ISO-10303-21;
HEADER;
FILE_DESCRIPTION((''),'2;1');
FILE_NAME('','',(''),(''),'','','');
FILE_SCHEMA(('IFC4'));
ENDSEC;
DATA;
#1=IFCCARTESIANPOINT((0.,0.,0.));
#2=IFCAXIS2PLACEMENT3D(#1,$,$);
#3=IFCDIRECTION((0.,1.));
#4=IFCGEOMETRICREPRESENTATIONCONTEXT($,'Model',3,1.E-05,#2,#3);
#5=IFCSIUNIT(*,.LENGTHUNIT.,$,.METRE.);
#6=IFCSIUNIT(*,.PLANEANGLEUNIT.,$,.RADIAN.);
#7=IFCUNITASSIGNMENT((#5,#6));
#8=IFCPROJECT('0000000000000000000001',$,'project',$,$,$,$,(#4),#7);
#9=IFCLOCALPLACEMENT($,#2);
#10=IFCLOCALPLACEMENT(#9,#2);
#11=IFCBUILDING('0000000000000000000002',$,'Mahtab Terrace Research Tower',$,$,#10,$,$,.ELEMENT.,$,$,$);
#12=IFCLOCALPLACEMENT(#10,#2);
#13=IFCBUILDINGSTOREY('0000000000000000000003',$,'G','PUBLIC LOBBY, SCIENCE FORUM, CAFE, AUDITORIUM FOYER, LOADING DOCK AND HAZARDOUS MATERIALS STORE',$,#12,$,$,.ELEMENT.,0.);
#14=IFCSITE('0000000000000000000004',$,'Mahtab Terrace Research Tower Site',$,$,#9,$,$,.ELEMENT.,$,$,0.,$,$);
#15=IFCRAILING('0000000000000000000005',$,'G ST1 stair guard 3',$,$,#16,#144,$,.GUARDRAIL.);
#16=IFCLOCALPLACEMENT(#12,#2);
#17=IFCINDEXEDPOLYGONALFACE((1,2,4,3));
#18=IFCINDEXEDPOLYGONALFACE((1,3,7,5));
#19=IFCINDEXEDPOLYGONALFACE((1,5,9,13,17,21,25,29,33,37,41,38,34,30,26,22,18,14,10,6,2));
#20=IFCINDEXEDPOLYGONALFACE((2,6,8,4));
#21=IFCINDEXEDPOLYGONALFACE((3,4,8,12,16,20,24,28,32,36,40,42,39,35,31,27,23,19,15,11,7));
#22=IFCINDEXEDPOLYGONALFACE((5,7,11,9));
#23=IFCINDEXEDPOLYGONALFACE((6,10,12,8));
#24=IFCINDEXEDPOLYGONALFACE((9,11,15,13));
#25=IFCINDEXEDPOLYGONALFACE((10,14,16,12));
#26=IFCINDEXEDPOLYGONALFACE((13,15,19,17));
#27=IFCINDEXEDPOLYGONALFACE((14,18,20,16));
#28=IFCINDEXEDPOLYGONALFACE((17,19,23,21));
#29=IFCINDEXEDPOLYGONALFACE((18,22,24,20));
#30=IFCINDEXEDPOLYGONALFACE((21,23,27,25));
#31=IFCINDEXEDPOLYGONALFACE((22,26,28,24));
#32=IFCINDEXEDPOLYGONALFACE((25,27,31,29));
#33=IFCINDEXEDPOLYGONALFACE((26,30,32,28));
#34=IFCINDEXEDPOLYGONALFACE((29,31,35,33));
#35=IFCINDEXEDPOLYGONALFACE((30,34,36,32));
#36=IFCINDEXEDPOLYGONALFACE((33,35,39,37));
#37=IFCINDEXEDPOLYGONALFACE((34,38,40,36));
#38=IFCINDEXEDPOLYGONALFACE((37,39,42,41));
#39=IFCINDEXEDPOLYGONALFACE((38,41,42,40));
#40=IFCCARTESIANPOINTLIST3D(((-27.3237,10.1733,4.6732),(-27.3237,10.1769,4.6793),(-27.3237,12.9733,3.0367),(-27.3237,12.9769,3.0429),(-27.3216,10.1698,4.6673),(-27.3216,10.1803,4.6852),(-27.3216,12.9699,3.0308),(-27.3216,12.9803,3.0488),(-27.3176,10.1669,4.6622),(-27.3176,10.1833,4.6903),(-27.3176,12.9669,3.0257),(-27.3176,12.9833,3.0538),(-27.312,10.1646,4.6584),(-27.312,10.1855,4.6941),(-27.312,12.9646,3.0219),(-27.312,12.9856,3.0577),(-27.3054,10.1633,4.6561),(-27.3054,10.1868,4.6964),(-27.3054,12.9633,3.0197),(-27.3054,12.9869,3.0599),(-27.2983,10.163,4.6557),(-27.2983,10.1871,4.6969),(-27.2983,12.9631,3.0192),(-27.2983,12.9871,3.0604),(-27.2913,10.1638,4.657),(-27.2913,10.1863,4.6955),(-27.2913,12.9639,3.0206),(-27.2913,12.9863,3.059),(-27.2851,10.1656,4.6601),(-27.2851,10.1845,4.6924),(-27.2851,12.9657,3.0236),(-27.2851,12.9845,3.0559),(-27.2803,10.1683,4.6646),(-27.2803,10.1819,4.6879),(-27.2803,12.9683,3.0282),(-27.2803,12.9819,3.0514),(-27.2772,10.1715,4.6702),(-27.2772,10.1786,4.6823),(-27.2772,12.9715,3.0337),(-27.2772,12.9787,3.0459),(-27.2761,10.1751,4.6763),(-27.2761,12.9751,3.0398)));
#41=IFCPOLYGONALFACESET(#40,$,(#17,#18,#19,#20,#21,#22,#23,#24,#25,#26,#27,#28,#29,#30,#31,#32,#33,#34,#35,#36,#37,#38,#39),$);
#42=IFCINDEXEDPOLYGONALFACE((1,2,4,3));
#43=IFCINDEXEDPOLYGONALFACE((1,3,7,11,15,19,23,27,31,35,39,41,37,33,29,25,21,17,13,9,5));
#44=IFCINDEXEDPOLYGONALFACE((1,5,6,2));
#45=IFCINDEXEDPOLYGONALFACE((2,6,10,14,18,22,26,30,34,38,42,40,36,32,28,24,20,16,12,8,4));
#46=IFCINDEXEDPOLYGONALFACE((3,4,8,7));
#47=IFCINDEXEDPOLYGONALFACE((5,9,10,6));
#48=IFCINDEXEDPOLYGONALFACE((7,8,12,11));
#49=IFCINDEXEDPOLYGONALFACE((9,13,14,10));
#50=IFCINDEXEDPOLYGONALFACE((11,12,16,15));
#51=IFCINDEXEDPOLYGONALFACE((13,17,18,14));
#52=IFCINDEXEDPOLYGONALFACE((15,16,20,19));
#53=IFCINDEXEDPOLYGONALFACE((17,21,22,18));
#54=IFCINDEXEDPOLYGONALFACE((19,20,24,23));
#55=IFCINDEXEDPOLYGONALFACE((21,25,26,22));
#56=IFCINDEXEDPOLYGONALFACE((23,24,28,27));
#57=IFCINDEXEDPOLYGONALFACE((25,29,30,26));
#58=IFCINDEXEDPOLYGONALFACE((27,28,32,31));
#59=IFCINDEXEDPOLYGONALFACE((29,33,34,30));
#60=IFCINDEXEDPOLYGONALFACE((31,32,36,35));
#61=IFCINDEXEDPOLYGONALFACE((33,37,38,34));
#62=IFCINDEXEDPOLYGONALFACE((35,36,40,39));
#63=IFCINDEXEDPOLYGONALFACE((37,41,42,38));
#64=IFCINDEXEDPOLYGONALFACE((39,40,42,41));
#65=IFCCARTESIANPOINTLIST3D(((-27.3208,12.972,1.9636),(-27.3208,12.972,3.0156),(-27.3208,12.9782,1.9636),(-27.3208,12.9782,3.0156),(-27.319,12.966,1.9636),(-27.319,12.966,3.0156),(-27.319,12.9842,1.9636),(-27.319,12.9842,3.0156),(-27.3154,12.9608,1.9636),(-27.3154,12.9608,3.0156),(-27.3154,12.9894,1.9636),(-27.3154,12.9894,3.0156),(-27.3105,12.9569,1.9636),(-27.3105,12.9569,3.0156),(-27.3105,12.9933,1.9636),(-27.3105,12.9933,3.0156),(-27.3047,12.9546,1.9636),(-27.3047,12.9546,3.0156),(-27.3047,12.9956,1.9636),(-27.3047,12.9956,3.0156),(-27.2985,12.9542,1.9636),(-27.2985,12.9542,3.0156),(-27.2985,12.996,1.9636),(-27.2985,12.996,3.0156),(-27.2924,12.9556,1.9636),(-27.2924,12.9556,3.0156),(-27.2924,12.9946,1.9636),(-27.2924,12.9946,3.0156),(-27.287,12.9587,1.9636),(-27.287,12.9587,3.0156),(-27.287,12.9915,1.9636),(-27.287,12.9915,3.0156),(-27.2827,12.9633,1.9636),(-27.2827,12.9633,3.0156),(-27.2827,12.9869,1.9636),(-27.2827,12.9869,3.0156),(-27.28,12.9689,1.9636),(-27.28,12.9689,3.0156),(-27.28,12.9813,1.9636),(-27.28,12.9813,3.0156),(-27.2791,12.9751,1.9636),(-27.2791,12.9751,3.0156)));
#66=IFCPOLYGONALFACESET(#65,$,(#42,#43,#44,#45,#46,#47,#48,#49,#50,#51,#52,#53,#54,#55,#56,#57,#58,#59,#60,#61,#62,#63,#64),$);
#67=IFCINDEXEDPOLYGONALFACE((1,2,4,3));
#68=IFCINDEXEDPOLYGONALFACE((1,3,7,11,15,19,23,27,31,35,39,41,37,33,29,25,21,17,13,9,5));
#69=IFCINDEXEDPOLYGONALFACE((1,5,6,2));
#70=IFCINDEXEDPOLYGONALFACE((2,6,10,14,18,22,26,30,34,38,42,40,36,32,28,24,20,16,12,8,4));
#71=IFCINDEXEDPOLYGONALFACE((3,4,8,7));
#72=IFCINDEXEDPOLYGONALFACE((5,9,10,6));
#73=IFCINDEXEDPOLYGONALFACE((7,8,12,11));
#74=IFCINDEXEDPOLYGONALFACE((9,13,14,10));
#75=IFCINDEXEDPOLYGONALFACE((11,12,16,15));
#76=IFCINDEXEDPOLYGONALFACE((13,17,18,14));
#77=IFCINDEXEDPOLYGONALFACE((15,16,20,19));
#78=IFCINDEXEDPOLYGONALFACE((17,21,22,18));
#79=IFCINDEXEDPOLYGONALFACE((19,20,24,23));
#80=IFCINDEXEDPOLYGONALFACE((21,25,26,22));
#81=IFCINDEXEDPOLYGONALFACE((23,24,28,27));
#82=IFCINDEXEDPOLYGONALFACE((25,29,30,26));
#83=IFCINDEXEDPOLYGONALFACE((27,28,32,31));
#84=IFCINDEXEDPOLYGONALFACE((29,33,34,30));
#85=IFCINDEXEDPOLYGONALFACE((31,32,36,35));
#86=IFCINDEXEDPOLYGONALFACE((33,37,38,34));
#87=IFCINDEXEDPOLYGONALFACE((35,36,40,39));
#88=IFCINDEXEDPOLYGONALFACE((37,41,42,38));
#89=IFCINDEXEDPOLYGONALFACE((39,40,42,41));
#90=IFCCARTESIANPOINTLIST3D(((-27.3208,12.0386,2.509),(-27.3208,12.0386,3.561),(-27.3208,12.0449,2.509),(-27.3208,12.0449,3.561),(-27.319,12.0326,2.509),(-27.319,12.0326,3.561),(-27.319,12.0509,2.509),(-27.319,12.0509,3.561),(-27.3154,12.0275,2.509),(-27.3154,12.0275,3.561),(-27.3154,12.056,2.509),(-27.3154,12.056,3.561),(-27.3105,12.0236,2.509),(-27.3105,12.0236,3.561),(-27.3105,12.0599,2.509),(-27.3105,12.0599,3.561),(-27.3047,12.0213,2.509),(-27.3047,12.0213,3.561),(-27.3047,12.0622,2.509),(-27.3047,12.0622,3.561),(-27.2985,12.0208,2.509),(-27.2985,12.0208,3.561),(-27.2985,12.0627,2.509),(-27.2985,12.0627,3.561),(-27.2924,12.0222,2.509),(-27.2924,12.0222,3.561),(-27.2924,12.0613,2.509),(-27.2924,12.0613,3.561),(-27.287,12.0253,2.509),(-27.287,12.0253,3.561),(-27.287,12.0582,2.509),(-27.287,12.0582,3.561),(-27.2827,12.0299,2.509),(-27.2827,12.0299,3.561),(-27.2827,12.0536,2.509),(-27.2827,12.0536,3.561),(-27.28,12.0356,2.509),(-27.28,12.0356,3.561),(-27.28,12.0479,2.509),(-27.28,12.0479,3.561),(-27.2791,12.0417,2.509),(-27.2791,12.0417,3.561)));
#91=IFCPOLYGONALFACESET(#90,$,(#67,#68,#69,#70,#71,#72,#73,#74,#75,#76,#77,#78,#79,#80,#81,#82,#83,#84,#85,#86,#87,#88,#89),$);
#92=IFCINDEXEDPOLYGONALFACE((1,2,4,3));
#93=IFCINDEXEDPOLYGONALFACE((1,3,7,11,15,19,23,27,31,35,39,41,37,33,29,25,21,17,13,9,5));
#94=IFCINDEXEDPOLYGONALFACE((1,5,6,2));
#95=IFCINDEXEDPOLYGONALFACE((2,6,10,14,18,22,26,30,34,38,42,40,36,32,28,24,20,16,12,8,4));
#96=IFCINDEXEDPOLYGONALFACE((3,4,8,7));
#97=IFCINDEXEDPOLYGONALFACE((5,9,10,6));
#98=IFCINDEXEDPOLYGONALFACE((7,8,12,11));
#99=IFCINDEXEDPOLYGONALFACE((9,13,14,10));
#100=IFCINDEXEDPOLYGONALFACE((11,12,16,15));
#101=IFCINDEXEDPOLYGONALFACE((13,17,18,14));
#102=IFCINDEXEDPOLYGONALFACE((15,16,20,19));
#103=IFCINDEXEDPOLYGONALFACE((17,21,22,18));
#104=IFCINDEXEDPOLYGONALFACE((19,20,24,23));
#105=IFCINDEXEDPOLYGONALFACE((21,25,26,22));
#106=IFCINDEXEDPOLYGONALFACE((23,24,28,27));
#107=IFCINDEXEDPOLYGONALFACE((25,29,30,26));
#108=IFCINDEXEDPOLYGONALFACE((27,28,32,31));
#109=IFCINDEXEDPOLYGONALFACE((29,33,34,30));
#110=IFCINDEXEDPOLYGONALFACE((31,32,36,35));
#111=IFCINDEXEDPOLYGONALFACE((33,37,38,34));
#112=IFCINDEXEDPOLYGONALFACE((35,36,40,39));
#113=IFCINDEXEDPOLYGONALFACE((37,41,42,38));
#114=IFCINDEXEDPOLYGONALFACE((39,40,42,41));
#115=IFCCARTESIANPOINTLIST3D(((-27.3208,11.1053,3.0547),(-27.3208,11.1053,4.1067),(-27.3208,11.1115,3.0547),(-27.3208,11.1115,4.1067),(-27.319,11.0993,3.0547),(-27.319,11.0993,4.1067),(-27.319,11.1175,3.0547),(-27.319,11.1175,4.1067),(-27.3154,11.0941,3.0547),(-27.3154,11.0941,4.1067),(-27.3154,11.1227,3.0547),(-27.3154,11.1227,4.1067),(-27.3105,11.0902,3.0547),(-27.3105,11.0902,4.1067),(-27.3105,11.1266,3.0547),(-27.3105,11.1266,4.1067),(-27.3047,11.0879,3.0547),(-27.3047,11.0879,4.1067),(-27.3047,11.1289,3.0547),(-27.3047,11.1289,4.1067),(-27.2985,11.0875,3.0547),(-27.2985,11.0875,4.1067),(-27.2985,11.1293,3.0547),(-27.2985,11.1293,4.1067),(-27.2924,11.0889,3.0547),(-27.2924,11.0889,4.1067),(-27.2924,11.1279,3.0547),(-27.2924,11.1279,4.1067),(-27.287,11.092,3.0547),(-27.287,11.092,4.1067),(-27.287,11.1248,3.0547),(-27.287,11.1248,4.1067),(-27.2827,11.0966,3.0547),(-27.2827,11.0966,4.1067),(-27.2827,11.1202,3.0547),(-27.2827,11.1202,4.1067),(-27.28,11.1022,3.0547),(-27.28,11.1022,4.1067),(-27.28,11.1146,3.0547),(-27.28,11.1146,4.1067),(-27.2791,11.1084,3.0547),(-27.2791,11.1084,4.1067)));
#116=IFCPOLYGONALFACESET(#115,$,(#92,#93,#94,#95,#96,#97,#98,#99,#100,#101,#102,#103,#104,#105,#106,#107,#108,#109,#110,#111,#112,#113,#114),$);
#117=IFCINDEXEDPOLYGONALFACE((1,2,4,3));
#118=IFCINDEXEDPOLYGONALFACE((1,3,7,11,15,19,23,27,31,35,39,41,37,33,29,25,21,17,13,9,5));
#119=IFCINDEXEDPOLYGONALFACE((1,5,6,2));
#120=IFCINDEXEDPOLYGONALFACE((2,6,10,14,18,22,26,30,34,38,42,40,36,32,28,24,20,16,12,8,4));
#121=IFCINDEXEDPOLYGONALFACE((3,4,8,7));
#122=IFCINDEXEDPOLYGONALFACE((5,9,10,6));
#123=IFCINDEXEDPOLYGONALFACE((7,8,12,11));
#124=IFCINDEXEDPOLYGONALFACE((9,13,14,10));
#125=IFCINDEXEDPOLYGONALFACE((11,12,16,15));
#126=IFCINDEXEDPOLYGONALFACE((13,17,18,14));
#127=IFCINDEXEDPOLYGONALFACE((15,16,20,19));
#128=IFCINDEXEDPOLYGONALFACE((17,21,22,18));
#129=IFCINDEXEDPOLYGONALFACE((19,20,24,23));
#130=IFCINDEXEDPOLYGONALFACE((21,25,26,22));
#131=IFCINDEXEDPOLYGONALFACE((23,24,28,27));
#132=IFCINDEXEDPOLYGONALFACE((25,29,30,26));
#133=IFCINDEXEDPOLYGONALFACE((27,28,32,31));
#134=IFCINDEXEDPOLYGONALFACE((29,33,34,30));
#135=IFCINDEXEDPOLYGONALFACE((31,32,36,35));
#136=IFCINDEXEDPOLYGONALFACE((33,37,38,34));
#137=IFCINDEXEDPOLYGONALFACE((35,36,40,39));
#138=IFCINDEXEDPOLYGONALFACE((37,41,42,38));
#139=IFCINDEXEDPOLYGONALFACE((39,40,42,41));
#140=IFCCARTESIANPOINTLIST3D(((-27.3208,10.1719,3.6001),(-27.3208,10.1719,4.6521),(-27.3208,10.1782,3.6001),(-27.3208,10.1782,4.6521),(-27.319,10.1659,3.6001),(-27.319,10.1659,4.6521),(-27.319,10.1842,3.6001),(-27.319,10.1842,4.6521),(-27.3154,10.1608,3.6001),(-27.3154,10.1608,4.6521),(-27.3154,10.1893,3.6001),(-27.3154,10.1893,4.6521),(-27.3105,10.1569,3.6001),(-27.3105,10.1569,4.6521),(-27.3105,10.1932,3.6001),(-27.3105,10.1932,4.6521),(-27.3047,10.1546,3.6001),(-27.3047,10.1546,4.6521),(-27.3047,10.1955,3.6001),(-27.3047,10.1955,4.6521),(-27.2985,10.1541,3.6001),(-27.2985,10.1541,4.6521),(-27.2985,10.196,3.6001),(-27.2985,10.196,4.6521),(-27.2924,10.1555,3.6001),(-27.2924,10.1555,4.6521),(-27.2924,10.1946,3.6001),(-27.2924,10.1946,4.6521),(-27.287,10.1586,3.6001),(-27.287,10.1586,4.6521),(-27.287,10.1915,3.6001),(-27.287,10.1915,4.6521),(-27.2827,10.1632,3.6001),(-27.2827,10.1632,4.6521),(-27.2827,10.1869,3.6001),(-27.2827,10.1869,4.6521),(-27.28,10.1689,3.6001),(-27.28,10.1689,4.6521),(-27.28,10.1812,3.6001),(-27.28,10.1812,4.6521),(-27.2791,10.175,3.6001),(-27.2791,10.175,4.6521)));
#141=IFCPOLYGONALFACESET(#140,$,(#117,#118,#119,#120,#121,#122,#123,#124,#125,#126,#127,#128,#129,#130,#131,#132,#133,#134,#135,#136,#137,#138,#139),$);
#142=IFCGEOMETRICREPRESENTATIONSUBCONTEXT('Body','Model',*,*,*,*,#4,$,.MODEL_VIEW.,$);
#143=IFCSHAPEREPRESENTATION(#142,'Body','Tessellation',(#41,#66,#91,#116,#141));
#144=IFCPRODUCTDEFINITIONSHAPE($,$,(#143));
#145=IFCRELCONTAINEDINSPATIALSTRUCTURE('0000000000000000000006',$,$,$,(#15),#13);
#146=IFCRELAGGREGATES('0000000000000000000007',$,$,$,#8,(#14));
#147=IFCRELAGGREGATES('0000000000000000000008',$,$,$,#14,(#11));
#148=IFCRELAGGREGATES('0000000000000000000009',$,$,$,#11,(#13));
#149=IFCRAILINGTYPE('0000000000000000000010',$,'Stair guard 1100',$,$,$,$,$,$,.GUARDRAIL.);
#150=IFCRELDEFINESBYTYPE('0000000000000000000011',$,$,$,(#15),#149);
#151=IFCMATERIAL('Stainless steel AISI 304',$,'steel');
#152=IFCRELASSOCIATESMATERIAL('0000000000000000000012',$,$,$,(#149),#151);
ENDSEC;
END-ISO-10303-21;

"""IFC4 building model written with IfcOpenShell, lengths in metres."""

from ifc_helpers import new_model, si_unit, direction, frame, origin, origin_2d, place, context, subcontext, project, spatial, circle, extrude, material, type_object, element, save


model = new_model("IFC4")

# Units and contexts
model_context = context("Model", 3, precision=1e-05, world=origin(), true_north=direction((0.0, 1.0)))
body_context = subcontext(model_context, "Body", "Model", "MODEL_VIEW")
ifc_project = project(units=[si_unit("LENGTHUNIT", "METRE"), si_unit("PLANEANGLEUNIT", "RADIAN")], contexts=[model_context])

# Site, building, storey
site_placement = place(None, origin())
site = spatial("IfcSite", under=ifc_project, at=site_placement, Name="Mahtab Terrace Research Tower Site", CompositionType="ELEMENT", RefElevation=0.0)
building_placement = place(site_placement, origin())
building = spatial("IfcBuilding", under=site, at=building_placement, Name="Mahtab Terrace Research Tower", CompositionType="ELEMENT")
storey_placement = place(building_placement, origin())
storey = spatial("IfcBuildingStorey", under=building, at=storey_placement, Name="G", Description="PUBLIC LOBBY, SCIENCE FORUM, CAFE, AUDITORIUM FOYER, LOADING DOCK AND HAZARDOUS MATERIALS STORE", CompositionType="ELEMENT", Elevation=0.0)

# Railing
ifc_material_1 = material(Name="Stainless steel AISI 304", Category="steel")
railing_type_1 = type_object("IfcRailingType", Name="Stair guard 1100", PredefinedType="GUARDRAIL", material=ifc_material_1)
railing_1_placement = place(storey_placement, frame((-27.3, 12.9751, 1.9636)))
element("IfcRailing", 1, at=railing_1_placement, inside=storey, type_object=railing_type_1, Name="G ST1 stair guard 3", PredefinedType="GUARDRAIL", context=body_context, shape_type="SweptSolid", body=[
    extrude(circle(Radius=0.0239, at=origin_2d()), frame((0.0, 0.0, 1.0762), z_axis=(0.0, -0.863361, 0.504587), x_axis=(1.0, 0.0, 0.0)), (0.0, 0.0, 1.0), 3.2432),
    extrude(circle(Radius=0.021, at=origin_2d()), origin(), (0.0, 0.0, 1.0), 1.052),
    extrude(circle(Radius=0.021, at=origin_2d()), frame((0.0, -0.9333, 0.5454)), (0.0, 0.0, 1.0), 1.052),
    extrude(circle(Radius=0.021, at=origin_2d()), frame((0.0, -1.8667, 1.0911)), (0.0, 0.0, 1.0), 1.052),
    extrude(circle(Radius=0.021, at=origin_2d()), frame((0.0, -2.8, 1.6365)), (0.0, 0.0, 1.0), 1.052),
])

save(model, "model.ifc")
